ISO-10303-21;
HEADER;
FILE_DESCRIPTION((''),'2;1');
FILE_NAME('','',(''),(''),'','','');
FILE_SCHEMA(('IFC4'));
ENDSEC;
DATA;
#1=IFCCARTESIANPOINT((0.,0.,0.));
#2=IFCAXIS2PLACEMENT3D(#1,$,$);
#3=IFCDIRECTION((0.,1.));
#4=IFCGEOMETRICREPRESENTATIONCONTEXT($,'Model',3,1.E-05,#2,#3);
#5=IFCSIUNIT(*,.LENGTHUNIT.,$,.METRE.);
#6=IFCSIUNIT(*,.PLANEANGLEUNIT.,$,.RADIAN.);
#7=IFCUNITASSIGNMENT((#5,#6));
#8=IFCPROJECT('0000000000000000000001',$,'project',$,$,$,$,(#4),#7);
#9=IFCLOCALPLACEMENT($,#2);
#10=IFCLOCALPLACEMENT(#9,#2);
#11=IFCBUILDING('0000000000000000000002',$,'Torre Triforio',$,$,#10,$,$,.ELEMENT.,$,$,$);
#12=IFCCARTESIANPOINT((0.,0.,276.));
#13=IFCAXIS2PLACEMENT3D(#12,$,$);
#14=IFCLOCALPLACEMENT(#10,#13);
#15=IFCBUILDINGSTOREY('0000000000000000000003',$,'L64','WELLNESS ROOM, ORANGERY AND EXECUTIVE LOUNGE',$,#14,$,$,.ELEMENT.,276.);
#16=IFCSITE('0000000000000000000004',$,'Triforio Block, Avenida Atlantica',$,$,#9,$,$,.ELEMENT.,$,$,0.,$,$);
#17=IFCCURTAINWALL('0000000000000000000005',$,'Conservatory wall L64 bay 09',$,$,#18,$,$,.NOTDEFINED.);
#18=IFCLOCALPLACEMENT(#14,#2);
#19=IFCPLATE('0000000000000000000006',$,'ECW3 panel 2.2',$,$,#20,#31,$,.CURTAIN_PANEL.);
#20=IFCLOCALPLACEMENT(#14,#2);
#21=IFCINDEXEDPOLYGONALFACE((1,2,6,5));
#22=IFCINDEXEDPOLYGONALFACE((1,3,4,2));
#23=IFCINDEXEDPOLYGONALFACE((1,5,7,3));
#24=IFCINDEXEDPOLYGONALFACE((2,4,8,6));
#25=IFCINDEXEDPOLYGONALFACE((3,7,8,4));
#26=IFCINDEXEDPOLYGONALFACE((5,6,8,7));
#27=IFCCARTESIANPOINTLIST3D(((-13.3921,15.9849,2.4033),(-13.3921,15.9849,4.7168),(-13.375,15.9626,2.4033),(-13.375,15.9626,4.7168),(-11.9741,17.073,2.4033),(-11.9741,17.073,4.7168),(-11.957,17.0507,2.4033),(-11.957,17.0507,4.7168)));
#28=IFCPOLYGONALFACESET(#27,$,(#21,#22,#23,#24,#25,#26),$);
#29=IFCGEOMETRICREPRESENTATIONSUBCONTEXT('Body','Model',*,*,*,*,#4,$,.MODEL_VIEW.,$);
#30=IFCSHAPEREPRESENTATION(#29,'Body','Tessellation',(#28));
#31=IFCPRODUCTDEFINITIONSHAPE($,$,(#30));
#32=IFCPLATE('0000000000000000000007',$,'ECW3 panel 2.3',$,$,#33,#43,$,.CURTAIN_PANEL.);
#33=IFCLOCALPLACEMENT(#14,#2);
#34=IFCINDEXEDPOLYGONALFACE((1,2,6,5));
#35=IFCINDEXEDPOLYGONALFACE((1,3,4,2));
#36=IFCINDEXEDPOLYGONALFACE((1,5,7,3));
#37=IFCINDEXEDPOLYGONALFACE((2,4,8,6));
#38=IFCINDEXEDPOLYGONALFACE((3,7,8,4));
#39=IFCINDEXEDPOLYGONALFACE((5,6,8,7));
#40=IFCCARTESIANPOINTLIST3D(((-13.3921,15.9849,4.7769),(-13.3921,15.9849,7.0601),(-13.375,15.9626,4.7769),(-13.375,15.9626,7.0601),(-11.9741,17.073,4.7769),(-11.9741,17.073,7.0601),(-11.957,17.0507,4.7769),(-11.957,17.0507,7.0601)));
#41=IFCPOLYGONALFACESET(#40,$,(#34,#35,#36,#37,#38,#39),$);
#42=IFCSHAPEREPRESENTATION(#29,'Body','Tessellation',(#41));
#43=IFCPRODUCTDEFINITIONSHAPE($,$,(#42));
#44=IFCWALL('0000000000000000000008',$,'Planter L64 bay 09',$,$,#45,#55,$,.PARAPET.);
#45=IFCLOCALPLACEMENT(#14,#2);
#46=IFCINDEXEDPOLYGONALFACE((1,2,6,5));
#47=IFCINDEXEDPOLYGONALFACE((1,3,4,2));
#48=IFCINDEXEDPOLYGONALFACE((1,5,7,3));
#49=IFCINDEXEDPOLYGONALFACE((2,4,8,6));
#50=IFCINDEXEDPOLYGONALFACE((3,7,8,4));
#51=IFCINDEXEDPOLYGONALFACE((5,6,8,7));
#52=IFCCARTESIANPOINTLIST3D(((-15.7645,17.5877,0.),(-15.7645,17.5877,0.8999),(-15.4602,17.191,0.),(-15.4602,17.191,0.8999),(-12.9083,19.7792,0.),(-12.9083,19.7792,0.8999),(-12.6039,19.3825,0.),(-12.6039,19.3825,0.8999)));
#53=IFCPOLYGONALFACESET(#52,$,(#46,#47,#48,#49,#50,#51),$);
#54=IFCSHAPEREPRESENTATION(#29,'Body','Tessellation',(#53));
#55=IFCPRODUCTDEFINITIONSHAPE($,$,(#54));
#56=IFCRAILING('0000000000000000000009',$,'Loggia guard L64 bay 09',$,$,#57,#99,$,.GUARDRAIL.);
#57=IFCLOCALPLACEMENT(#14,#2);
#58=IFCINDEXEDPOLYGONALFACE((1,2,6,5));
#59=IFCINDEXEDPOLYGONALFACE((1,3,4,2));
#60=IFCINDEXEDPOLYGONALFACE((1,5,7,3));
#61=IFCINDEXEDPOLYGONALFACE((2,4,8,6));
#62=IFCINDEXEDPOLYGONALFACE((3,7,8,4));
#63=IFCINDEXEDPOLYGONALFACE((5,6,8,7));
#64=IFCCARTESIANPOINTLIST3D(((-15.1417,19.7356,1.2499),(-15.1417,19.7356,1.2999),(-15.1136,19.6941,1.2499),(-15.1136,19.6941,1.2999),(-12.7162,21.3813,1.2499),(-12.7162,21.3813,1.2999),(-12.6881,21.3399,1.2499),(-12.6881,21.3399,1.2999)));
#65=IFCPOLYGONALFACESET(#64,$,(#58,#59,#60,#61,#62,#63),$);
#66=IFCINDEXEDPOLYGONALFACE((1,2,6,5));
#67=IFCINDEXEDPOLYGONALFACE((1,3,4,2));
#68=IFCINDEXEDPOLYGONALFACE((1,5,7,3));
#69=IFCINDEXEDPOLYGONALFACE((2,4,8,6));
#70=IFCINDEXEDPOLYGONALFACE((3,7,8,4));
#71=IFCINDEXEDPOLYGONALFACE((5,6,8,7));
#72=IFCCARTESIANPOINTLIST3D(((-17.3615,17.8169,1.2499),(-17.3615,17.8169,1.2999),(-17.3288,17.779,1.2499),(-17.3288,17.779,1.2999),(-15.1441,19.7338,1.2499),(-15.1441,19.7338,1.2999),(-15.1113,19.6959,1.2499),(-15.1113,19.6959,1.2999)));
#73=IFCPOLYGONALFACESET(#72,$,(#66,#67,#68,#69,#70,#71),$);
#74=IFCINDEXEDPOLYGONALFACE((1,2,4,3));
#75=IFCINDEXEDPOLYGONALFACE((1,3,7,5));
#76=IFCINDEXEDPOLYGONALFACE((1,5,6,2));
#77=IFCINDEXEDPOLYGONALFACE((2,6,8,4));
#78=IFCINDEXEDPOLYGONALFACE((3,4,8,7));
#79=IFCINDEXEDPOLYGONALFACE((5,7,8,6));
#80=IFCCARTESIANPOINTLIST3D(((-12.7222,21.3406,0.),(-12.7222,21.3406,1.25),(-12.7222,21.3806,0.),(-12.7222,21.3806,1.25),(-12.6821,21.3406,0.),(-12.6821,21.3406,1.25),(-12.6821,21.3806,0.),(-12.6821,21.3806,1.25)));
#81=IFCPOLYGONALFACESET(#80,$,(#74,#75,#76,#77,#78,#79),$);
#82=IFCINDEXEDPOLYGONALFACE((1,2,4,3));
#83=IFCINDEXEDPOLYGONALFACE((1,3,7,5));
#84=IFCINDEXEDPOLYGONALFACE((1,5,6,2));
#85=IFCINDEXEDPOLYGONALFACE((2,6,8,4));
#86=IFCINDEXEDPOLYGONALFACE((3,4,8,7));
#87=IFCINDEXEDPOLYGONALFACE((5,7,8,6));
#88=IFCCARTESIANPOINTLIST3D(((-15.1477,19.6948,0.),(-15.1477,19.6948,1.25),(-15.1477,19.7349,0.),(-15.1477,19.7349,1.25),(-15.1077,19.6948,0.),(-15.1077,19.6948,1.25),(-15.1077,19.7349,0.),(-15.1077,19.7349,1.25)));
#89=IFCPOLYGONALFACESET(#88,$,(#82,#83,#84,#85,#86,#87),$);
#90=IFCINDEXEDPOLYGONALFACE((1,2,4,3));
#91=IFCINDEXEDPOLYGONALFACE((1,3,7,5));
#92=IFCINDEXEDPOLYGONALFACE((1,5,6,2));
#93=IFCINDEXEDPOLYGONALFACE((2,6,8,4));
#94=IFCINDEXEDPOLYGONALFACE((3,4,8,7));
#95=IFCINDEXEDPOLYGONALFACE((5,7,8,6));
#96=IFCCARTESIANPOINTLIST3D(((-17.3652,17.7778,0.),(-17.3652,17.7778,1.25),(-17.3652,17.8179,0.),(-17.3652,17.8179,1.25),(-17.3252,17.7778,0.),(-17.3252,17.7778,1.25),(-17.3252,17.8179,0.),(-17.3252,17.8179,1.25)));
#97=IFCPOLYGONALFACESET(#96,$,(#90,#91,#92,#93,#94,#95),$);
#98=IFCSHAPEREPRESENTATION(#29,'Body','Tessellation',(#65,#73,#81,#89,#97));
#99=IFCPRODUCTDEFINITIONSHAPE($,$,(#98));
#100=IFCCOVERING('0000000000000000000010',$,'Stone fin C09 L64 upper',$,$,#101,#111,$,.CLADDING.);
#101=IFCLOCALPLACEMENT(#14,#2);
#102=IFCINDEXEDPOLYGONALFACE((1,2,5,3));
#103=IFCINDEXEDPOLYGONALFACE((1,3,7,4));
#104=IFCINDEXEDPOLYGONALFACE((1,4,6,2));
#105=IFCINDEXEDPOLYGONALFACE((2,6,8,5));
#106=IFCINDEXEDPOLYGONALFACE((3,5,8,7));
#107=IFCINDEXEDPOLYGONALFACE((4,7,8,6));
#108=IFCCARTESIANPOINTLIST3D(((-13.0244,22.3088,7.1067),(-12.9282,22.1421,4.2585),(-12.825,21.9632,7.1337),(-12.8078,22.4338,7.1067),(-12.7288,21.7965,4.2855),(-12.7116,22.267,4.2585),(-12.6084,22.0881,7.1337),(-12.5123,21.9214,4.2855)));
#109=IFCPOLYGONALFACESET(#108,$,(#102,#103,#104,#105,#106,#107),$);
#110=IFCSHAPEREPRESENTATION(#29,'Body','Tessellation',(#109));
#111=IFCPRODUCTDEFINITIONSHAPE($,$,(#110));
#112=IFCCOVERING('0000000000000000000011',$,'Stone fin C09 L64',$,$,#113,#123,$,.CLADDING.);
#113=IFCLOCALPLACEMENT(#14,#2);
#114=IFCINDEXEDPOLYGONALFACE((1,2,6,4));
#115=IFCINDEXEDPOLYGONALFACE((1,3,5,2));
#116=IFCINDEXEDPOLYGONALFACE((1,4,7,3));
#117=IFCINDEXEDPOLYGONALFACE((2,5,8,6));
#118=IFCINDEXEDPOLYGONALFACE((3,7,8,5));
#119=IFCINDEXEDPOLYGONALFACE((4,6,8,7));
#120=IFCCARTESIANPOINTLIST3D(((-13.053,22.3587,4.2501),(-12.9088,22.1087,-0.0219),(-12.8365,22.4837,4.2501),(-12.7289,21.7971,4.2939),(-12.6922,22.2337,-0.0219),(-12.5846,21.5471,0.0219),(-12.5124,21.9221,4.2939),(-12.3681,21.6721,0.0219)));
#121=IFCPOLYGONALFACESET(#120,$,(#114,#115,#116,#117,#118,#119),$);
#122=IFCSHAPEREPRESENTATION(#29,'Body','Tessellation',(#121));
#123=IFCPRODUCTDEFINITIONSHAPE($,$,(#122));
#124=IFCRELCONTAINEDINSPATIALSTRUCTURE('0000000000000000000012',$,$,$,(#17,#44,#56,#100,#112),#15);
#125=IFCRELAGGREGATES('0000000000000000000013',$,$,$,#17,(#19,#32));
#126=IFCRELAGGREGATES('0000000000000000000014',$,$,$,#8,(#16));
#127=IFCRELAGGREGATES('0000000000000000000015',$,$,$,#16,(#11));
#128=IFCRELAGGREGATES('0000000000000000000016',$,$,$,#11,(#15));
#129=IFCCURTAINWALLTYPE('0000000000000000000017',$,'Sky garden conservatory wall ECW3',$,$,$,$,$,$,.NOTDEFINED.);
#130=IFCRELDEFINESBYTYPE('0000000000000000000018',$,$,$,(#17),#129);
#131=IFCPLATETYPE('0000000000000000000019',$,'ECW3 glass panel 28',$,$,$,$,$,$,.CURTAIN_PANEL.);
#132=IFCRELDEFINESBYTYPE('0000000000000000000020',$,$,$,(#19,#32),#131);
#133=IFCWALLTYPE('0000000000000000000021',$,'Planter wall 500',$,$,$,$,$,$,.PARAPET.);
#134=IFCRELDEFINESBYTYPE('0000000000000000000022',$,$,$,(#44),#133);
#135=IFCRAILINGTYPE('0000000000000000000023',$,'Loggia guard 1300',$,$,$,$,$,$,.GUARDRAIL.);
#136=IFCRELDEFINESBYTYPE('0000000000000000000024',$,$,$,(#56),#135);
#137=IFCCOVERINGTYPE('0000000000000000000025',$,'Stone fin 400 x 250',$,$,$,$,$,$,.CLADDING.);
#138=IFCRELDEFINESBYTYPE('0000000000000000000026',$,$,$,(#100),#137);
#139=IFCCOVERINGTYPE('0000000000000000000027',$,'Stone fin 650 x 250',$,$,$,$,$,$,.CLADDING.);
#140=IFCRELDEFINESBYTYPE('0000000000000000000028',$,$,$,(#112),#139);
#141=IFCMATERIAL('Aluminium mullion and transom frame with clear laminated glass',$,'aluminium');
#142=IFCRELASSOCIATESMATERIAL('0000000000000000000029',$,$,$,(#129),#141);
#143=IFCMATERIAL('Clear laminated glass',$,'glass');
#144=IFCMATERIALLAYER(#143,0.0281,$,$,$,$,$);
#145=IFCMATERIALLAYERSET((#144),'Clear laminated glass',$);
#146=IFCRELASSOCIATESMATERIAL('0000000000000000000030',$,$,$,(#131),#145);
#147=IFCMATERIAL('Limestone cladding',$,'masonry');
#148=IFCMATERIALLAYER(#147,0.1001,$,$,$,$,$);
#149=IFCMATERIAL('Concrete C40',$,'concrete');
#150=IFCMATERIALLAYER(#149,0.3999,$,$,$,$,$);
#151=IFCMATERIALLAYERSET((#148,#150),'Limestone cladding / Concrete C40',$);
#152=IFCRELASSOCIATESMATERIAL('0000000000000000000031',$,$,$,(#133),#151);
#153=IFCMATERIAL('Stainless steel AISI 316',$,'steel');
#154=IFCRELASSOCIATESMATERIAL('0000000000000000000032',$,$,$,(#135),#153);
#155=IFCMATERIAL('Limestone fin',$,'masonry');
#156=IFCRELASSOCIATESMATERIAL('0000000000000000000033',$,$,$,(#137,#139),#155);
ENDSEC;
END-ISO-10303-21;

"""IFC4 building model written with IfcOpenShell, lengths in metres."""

from ifc_helpers import new_model, si_unit, direction, frame, frame_2d, origin, origin_2d, place, context, subcontext, project, spatial, rectangle, extrude, material, layer, layer_set, material_profile, profile_set, type_object, element, aggregate, save


model = new_model("IFC4")

# Units and contexts
model_context = context("Model", 3, precision=1e-05, world=origin(), true_north=direction((0.0, 1.0)))
body_context = subcontext(model_context, "Body", "Model", "MODEL_VIEW")
ifc_project = project(units=[si_unit("LENGTHUNIT", "METRE"), si_unit("PLANEANGLEUNIT", "RADIAN")], contexts=[model_context])

# Site, building, storey
site_placement = place(None, origin())
site = spatial("IfcSite", under=ifc_project, at=site_placement, Name="Triforio Block, Avenida Atlantica", CompositionType="ELEMENT", RefElevation=0.0)
building_placement = place(site_placement, origin())
building = spatial("IfcBuilding", under=site, at=building_placement, Name="Torre Triforio", CompositionType="ELEMENT")
storey_placement = place(building_placement, frame((0.0, 0.0, 276.0)))
storey = spatial("IfcBuildingStorey", under=building, at=storey_placement, Name="L64", Description="WELLNESS ROOM, ORANGERY AND EXECUTIVE LOUNGE", CompositionType="ELEMENT", Elevation=276.0)

# Shared definitions
ifc_material_1 = material(Name="Concrete C40", Category="concrete")

# Curtain wall
ifc_material_2 = material(Name="Aluminium mullion and transom frame with clear laminated glass", Category="aluminium")
curtain_wall_type = type_object("IfcCurtainWallType", Name="Sky garden conservatory wall ECW3", PredefinedType="NOTDEFINED", material=ifc_material_2)
curtain_wall_placement = place(storey_placement, origin())
curtain_wall = element("IfcCurtainWall", 1, at=curtain_wall_placement, inside=storey, type_object=curtain_wall_type, Name="Conservatory wall L64 bay 09", PredefinedType="NOTDEFINED")

# Plates
ifc_material_3 = material(Name="Clear laminated glass", Category="glass")
ifc_layer_1 = layer(ifc_material_3, 0.0281)
ifc_layer_set_1 = layer_set([ifc_layer_1], Name="Clear laminated glass")
plate_type = type_object("IfcPlateType", Name="ECW3 glass panel 28", PredefinedType="CURTAIN_PANEL", material=ifc_layer_set_1)
plate_1_placement = place(storey_placement, frame((-12.6746, 16.5178, 2.4033), z_axis=(0.0, 0.0, 1.0), x_axis=(-0.793352, -0.608763, 0.0)))
plate_1 = element("IfcPlate", 2, at=plate_1_placement, type_object=plate_type, Name="ECW3 panel 2.2", PredefinedType="CURTAIN_PANEL", context=body_context, shape_type="SweptSolid", body=[
    extrude(rectangle(XDim=1.7874, YDim=0.0281, at=origin_2d()), origin(), (0.0, 0.0, 1.0), 2.3135),
])
plate_2_placement = place(storey_placement, frame((-12.6746, 16.5178, 4.7769), z_axis=(0.0, 0.0, 1.0), x_axis=(-0.793352, -0.608763, 0.0)))
plate_2 = element("IfcPlate", 3, at=plate_2_placement, type_object=plate_type, Name="ECW3 panel 2.3", PredefinedType="CURTAIN_PANEL", context=body_context, shape_type="SweptSolid", body=[
    extrude(rectangle(XDim=1.7874, YDim=0.0281, at=origin_2d()), origin(), (0.0, 0.0, 1.0), 2.2832),
])
aggregate(curtain_wall, [plate_1, plate_2])

# Wall
ifc_material_4 = material(Name="Limestone cladding", Category="masonry")
ifc_layer_2 = layer(ifc_material_4, 0.1001)
ifc_layer_3 = layer(ifc_material_1, 0.3999)
ifc_layer_set_2 = layer_set([ifc_layer_2, ifc_layer_3], Name="Limestone cladding / Concrete C40")
wall_type = type_object("IfcWallType", Name="Planter wall 500", PredefinedType="PARAPET", material=ifc_layer_set_2)
wall_placement = place(storey_placement, frame((-12.7561, 19.5808, 0.0), z_axis=(0.0, 0.0, 1.0), x_axis=(-0.793385, -0.608721, 0.0)))
element("IfcWall", 4, at=wall_placement, inside=storey, type_object=wall_type, Name="Planter L64 bay 09", PredefinedType="PARAPET", context=body_context, shape_type="SweptSolid", body=[
    extrude(rectangle(XDim=3.6001, YDim=0.5, at=frame_2d((1.8, 0.0))), origin(), (0.0, 0.0, 1.0), 0.8999),
])

# Railing
ifc_material_5 = material(Name="Stainless steel AISI 316", Category="steel")
railing_type = type_object("IfcRailingType", Name="Loggia guard 1300", PredefinedType="GUARDRAIL", material=ifc_material_5)
railing_placement = place(storey_placement, frame((-12.7021, 21.3606, 0.0)))
element("IfcRailing", 5, at=railing_placement, inside=storey, type_object=railing_type, Name="Loggia guard L64 bay 09", PredefinedType="GUARDRAIL", context=body_context, shape_type="SweptSolid", body=[
    extrude(rectangle(XDim=0.05, YDim=0.05, at=origin_2d()), frame((0.0, 0.0, 1.2749), z_axis=(-0.827499, -0.561467, 0.0), x_axis=(0.561467, -0.827499, 0.0)), (0.0, 0.0, 1.0), 2.9312),
    extrude(rectangle(XDim=0.05, YDim=0.05, at=origin_2d()), frame((-2.4255, -1.6458, 1.2749), z_axis=(-0.75651, -0.653982, 0.0), x_axis=(0.653982, -0.75651, 0.0)), (0.0, 0.0, 1.0), 2.9312),
    extrude(rectangle(XDim=0.04, YDim=0.04, at=origin_2d()), origin(), (0.0, 0.0, 1.0), 1.25),
    extrude(rectangle(XDim=0.04, YDim=0.04, at=origin_2d()), frame((-2.4255, -1.6458, 0.0)), (0.0, 0.0, 1.0), 1.25),
    extrude(rectangle(XDim=0.04, YDim=0.04, at=origin_2d()), frame((-4.6431, -3.5627, 0.0)), (0.0, 0.0, 1.0), 1.25),
])

# Coverings
ifc_material_6 = material(Name="Limestone fin", Category="masonry")
ifc_material_profile_1 = material_profile(ifc_material_6, rectangle(XDim=0.3999, YDim=0.25, at=origin_2d()), Name="FIN 400x250")
ifc_profile_set_1 = profile_set([ifc_material_profile_1], Name="Limestone fin")
covering_type_1 = type_object("IfcCoveringType", Name="Stone fin 400 x 250", PredefinedType="CLADDING", material=ifc_profile_set_1)
covering_1_placement = place(storey_placement, frame((-12.7202, 22.0317, 4.272), z_axis=(-0.033696, 0.058413, 0.997724), x_axis=(0.498548, -0.864235, 0.067435)))
element("IfcCovering", 6, at=covering_1_placement, inside=storey, type_object=covering_type_1, Name="Stone fin C09 L64 upper", PredefinedType="CLADDING", context=body_context, shape_type="SweptSolid", body=[
    extrude(rectangle(XDim=0.3999, YDim=0.25, at=origin_2d()), origin(), (0.0, 0.0, 1.0), 2.8547),
])
ifc_material_profile_2 = material_profile(ifc_material_6, rectangle(XDim=0.6499, YDim=0.25, at=origin_2d()), Name="FIN 650x250")
ifc_profile_set_2 = profile_set([ifc_material_profile_2], Name="Limestone fin")
covering_type_2 = type_object("IfcCoveringType", Name="Stone fin 650 x 250", PredefinedType="CLADDING", material=ifc_profile_set_2)
covering_2_placement = place(storey_placement, frame((-12.6384, 21.8904, 0.0), z_axis=(-0.033698, 0.058388, 0.997725), x_axis=(0.498732, -0.864131, 0.067415)))
element("IfcCovering", 7, at=covering_2_placement, inside=storey, type_object=covering_type_2, Name="Stone fin C09 L64", PredefinedType="CLADDING", context=body_context, shape_type="SweptSolid", body=[
    extrude(rectangle(XDim=0.6499, YDim=0.25, at=origin_2d()), origin(), (0.0, 0.0, 1.0), 4.2817),
])

save(model, "model.ifc")
